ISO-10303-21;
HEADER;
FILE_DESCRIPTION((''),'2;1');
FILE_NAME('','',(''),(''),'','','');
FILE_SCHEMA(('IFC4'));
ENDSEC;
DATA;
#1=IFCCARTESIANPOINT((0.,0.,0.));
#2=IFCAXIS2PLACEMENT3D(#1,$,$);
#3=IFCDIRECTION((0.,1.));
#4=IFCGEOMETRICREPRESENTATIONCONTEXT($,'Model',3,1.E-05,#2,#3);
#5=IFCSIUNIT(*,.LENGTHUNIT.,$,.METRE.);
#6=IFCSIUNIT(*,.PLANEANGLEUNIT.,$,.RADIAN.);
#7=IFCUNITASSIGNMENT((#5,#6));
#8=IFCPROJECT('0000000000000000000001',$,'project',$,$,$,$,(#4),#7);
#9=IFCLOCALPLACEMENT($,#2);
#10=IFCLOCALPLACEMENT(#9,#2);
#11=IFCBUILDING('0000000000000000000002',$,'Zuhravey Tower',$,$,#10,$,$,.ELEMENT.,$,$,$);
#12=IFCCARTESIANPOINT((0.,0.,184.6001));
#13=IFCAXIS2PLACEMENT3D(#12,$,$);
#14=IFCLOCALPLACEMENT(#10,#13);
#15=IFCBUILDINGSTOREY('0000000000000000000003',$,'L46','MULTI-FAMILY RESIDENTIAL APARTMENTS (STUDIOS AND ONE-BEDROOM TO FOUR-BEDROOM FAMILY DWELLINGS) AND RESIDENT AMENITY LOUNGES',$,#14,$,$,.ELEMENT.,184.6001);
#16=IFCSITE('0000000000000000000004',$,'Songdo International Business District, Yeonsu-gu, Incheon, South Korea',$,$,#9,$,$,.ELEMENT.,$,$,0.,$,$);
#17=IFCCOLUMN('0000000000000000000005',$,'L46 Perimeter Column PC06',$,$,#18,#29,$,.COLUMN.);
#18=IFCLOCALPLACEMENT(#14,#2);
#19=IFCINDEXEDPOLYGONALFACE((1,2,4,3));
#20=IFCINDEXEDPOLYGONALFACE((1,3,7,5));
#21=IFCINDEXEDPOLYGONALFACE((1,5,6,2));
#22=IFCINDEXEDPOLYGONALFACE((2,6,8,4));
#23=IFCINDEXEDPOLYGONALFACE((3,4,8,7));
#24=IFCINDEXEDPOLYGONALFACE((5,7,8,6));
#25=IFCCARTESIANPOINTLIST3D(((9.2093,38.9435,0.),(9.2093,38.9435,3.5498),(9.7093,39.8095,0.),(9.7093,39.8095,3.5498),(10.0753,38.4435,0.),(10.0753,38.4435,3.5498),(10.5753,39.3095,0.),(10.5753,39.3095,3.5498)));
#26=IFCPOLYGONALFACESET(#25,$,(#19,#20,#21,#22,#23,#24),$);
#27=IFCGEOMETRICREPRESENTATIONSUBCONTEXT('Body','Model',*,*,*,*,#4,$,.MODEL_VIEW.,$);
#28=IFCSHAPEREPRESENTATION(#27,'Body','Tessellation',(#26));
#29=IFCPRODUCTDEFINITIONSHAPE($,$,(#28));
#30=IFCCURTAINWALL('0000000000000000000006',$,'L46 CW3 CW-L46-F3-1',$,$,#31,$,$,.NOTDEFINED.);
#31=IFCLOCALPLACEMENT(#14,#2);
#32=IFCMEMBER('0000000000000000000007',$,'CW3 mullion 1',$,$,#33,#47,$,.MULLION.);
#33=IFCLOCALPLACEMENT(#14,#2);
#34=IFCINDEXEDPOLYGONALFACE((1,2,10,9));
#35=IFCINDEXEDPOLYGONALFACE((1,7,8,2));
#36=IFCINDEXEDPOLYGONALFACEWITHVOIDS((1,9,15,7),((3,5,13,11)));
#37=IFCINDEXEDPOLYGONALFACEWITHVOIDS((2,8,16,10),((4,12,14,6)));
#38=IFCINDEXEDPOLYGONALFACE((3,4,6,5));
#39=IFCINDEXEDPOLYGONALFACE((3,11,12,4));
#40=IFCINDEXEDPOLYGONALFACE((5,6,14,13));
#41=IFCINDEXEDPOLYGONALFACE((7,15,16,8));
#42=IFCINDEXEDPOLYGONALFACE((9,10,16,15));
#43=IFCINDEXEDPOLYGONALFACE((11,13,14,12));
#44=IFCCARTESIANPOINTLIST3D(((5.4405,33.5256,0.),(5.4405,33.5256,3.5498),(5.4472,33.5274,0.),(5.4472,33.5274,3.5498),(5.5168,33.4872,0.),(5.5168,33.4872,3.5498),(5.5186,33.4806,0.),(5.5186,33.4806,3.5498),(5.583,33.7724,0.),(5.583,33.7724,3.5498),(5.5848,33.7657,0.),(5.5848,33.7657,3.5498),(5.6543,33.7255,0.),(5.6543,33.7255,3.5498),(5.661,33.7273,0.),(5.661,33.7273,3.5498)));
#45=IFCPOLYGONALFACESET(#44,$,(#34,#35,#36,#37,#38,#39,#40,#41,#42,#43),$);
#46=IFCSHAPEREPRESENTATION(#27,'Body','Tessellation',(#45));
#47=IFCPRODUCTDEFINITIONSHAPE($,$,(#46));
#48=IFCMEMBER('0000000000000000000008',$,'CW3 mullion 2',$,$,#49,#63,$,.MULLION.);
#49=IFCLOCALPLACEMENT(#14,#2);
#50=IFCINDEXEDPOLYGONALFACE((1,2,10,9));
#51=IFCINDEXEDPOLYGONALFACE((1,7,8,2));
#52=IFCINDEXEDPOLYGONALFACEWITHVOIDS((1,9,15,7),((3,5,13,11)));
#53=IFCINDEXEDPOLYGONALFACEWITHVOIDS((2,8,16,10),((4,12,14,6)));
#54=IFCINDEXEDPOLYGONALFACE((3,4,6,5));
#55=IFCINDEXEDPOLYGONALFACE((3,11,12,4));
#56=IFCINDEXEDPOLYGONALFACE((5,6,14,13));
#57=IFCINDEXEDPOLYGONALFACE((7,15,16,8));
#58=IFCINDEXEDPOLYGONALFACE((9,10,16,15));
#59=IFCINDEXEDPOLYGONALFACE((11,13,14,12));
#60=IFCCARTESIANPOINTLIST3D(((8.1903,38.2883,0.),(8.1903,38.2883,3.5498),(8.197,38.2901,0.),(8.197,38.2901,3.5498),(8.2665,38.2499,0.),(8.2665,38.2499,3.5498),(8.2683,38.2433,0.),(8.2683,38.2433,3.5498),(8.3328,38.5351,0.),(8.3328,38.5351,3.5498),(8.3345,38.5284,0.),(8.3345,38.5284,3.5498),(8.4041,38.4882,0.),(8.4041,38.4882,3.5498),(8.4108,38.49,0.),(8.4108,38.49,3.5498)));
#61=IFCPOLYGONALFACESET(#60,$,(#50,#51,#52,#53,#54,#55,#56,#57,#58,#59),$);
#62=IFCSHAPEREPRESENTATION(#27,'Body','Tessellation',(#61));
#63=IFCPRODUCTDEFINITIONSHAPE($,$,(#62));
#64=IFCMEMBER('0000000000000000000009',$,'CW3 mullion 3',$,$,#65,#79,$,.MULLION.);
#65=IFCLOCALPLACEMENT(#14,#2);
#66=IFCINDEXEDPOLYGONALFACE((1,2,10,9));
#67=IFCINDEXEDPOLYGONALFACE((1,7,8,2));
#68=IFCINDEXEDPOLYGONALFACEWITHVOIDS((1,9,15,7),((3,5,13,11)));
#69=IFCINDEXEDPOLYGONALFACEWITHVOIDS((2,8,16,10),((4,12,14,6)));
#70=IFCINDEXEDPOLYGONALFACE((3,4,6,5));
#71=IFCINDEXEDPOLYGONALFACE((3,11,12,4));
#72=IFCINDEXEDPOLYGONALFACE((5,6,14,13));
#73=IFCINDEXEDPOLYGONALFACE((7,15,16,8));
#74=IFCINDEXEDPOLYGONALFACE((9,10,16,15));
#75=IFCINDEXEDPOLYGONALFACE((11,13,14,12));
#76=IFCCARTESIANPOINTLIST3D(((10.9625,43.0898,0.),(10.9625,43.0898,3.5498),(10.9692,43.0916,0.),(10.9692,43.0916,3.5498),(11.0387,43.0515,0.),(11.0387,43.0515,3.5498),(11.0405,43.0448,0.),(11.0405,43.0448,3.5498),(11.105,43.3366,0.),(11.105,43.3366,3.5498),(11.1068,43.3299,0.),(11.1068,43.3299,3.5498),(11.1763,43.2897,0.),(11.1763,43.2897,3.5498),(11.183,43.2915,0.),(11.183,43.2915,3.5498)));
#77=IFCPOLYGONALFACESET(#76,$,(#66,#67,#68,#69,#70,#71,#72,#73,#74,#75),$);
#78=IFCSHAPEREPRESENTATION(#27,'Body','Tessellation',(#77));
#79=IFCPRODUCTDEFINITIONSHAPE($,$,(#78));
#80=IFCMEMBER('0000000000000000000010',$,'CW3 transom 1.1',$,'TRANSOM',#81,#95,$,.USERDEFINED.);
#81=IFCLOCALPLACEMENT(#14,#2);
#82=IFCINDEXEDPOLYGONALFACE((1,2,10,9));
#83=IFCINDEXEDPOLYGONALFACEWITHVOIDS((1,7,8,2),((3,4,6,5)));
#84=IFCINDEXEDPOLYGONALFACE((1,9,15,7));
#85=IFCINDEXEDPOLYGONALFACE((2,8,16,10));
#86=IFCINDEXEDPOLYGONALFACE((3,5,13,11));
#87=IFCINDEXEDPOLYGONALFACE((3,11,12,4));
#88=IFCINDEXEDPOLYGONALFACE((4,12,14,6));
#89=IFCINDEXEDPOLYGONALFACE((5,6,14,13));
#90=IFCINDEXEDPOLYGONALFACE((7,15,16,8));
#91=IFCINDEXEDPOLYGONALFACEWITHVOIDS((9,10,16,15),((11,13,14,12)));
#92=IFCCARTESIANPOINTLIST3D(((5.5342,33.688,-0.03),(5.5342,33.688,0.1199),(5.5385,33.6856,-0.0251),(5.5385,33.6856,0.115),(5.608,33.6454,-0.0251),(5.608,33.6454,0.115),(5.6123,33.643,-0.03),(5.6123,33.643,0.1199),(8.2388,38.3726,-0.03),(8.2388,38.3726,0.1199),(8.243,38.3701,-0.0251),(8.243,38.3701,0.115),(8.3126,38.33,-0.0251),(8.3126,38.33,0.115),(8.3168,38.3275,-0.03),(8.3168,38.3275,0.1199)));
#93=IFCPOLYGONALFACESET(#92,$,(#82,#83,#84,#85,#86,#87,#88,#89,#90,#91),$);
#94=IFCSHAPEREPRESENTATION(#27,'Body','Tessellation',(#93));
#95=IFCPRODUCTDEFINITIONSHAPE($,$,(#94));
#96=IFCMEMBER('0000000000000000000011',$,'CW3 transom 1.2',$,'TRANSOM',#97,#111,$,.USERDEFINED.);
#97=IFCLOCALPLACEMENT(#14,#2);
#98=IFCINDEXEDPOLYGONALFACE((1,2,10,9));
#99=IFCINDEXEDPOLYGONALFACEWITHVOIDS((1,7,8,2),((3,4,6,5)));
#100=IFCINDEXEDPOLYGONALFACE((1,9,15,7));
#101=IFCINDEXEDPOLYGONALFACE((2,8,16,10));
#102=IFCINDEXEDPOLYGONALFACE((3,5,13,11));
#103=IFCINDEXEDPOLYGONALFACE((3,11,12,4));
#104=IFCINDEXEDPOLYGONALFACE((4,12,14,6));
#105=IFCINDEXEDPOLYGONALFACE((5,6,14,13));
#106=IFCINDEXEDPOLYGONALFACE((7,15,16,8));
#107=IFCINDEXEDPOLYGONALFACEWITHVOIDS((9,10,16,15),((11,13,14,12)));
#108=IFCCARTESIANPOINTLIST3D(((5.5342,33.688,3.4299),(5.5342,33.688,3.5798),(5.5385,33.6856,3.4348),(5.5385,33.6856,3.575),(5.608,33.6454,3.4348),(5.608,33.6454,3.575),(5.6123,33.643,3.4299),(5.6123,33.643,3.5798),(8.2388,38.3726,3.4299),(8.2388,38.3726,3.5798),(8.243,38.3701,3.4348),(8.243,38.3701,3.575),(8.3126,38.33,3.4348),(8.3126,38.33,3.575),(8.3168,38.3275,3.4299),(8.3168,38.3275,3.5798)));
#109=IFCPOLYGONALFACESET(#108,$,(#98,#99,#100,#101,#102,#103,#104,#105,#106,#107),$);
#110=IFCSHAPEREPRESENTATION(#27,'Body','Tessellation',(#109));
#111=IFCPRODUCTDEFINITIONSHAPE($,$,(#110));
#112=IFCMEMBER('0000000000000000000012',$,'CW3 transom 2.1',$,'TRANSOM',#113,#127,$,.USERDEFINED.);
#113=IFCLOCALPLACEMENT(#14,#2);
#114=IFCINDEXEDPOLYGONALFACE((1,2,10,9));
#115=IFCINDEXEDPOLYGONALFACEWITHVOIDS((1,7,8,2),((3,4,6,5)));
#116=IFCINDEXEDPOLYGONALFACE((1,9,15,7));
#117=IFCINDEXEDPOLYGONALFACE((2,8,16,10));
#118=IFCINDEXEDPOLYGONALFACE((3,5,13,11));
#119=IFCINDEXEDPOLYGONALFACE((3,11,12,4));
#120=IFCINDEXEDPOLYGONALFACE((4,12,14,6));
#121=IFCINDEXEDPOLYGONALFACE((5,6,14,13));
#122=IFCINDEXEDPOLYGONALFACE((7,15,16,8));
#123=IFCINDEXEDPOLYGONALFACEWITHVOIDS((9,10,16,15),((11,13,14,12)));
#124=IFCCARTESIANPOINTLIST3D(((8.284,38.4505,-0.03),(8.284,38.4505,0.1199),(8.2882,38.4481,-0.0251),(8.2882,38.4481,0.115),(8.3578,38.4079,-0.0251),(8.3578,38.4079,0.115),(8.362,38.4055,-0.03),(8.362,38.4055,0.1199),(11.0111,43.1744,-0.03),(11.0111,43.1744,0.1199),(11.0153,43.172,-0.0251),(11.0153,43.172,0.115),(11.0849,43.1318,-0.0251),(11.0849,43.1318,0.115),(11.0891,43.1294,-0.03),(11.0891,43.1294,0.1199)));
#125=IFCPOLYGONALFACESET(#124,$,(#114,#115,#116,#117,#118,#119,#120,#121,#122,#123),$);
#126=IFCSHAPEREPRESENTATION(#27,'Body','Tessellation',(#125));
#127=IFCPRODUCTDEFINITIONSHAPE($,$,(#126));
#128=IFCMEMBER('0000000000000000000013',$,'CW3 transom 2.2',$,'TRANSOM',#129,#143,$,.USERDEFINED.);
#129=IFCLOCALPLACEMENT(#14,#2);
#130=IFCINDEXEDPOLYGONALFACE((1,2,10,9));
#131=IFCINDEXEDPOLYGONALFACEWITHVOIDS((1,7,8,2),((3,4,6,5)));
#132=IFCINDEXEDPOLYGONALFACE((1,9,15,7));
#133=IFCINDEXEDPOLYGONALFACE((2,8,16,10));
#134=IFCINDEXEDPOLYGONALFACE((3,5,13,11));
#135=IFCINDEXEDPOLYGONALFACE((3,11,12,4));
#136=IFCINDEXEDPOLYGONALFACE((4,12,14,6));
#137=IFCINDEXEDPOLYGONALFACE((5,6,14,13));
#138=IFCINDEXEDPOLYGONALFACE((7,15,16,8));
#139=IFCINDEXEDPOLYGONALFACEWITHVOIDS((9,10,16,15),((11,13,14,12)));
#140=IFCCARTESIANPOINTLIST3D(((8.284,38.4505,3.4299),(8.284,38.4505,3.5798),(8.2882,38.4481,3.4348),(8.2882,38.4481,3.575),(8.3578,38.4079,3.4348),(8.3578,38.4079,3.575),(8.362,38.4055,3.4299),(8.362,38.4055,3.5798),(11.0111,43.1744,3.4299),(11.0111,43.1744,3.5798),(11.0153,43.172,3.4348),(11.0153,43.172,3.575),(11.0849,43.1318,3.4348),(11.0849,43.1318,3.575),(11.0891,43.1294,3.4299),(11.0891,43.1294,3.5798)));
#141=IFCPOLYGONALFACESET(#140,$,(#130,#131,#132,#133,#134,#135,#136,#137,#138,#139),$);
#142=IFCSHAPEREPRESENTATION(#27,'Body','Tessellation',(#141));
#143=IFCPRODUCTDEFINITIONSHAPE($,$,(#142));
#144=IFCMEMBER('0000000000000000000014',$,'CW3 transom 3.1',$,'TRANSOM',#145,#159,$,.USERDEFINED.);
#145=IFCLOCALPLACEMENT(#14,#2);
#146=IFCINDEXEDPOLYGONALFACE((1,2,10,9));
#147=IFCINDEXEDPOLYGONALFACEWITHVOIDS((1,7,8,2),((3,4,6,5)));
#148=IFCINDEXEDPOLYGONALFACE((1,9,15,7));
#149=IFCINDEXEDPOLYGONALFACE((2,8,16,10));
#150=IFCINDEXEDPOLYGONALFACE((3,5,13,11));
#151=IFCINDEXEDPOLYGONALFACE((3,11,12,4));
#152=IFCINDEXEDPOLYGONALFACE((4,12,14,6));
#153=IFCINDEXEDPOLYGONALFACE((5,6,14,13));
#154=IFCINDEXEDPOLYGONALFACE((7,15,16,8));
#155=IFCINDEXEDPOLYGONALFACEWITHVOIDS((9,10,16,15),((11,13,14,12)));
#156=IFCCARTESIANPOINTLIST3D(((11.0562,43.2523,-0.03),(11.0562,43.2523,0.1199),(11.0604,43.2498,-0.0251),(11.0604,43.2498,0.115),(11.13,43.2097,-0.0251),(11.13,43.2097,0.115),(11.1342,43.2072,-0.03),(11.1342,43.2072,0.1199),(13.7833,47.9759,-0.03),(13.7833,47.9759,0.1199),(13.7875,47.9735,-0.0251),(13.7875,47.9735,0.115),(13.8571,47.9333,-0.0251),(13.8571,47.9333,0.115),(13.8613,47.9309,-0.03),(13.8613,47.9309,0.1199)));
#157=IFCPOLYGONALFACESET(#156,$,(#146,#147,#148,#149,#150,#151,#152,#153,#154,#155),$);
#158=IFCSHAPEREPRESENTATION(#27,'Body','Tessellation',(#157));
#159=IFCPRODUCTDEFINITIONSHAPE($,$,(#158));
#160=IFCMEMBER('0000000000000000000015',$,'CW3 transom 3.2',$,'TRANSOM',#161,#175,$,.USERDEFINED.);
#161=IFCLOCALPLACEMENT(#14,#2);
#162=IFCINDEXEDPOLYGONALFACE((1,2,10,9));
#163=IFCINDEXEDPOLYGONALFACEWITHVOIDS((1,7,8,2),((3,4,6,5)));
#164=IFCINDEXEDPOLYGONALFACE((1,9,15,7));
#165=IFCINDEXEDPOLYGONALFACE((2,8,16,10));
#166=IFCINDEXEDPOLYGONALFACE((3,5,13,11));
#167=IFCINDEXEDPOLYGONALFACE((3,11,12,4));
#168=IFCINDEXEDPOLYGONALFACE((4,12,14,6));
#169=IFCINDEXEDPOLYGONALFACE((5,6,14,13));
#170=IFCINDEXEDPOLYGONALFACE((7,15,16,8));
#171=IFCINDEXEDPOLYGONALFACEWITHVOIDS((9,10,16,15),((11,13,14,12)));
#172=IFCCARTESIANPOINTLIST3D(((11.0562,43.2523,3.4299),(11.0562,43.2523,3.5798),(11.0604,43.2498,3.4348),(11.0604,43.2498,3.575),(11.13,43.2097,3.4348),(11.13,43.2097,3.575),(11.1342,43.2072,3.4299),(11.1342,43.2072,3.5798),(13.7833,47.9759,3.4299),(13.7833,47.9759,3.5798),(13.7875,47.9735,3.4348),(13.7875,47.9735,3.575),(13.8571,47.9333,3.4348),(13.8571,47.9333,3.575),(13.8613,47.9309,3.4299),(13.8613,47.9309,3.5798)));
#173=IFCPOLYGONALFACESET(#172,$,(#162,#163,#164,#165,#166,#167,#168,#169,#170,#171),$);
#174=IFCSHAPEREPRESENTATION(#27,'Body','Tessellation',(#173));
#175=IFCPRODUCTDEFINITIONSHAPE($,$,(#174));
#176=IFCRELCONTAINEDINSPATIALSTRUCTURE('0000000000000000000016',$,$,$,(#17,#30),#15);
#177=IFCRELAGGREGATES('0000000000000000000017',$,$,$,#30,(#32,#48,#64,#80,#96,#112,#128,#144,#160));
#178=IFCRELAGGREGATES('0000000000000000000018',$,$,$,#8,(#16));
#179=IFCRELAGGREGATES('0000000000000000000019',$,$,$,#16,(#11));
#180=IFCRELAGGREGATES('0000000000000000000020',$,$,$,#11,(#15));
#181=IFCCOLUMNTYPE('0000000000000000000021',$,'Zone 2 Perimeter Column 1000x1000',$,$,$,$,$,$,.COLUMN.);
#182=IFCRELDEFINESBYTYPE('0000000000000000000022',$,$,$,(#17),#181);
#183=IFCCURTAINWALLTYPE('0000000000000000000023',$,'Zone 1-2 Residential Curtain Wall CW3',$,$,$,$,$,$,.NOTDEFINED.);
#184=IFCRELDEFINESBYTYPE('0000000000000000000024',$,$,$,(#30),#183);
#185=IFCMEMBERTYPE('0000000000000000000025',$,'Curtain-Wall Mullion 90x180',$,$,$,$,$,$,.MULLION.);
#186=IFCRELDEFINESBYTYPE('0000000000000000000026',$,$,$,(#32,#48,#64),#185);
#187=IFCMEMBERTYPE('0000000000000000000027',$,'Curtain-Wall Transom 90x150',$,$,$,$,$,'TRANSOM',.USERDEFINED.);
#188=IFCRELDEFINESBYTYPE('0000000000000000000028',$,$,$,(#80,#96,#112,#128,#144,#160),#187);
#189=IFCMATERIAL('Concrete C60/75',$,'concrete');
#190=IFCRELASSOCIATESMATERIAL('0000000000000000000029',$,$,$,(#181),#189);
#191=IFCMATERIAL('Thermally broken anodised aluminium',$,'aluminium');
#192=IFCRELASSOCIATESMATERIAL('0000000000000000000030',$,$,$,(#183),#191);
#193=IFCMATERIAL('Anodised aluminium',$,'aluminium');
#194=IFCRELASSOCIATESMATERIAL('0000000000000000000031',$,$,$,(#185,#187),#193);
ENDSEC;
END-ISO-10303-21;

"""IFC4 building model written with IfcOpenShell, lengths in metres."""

from ifc_helpers import new_model, si_unit, direction, frame, origin, origin_2d, place, context, subcontext, project, spatial, rectangle, hollow_rectangle, extrude, material, material_profile, profile_set, type_object, element, aggregate, save


model = new_model("IFC4")

# Units and contexts
model_context = context("Model", 3, precision=1e-05, world=origin(), true_north=direction((0.0, 1.0)))
body_context = subcontext(model_context, "Body", "Model", "MODEL_VIEW")
ifc_project = project(units=[si_unit("LENGTHUNIT", "METRE"), si_unit("PLANEANGLEUNIT", "RADIAN")], contexts=[model_context])

# Site, building, storey
site_placement = place(None, origin())
site = spatial("IfcSite", under=ifc_project, at=site_placement, Name="Songdo International Business District, Yeonsu-gu, Incheon, South Korea", CompositionType="ELEMENT", RefElevation=0.0)
building_placement = place(site_placement, origin())
building = spatial("IfcBuilding", under=site, at=building_placement, Name="Zuhravey Tower", CompositionType="ELEMENT")
storey_placement = place(building_placement, frame((0.0, 0.0, 184.6001)))
storey = spatial("IfcBuildingStorey", under=building, at=storey_placement, Name="L46", Description="MULTI-FAMILY RESIDENTIAL APARTMENTS (STUDIOS AND ONE-BEDROOM TO FOUR-BEDROOM FAMILY DWELLINGS) AND RESIDENT AMENITY LOUNGES", CompositionType="ELEMENT", Elevation=184.6001)

# Column
ifc_material_1 = material(Name="Concrete C60/75", Category="concrete")
ifc_material_profile_1 = material_profile(ifc_material_1, rectangle(XDim=1.0, YDim=1.0, at=origin_2d()), Name="RC-1000x1000")
ifc_profile_set_1 = profile_set([ifc_material_profile_1], Name="Concrete C60/75")
column_type = type_object("IfcColumnType", Name="Zone 2 Perimeter Column 1000x1000", PredefinedType="COLUMN", material=ifc_profile_set_1)
column_placement = place(storey_placement, frame((9.8923, 39.1265, 0.0), z_axis=(0.0, 0.0, 1.0), x_axis=(-0.5, -0.866025, 0.0)))
element("IfcColumn", 1, at=column_placement, inside=storey, type_object=column_type, Name="L46 Perimeter Column PC06", PredefinedType="COLUMN", context=body_context, shape_type="SweptSolid", body=[
    extrude(rectangle(XDim=1.0, YDim=1.0, at=origin_2d()), origin(), (0.0, 0.0, 1.0), 3.5498),
])

# Curtain wall, members
ifc_material_2 = material(Name="Thermally broken anodised aluminium", Category="aluminium")
curtain_wall_type = type_object("IfcCurtainWallType", Name="Zone 1-2 Residential Curtain Wall CW3", PredefinedType="NOTDEFINED", material=ifc_material_2)
curtain_wall_placement = place(storey_placement, origin())
curtain_wall = element("IfcCurtainWall", 2, at=curtain_wall_placement, inside=storey, type_object=curtain_wall_type, Name="L46 CW3 CW-L46-F3-1", PredefinedType="NOTDEFINED")
ifc_material_3 = material(Name="Anodised aluminium", Category="aluminium")
ifc_material_profile_2 = material_profile(ifc_material_3, hollow_rectangle(XDim=0.0901, YDim=0.2849, WallThickness=0.0049, at=origin_2d()), Name="ALU-RHS-90x285x5")
ifc_profile_set_2 = profile_set([ifc_material_profile_2], Name="Anodised aluminium")
member_type_1 = type_object("IfcMemberType", Name="Curtain-Wall Mullion 90x180", PredefinedType="MULLION", material=ifc_profile_set_2)
member_1_placement = place(storey_placement, frame((5.5508, 33.6265, 0.0), z_axis=(0.0, 0.0, 1.0), x_axis=(-0.866025, 0.5, 0.0)))
member_1 = element("IfcMember", 3, at=member_1_placement, type_object=member_type_1, Name="CW3 mullion 1", PredefinedType="MULLION", context=body_context, shape_type="SweptSolid", body=[
    extrude(hollow_rectangle(XDim=0.0901, YDim=0.2849, WallThickness=0.0049, at=origin_2d()), origin(), (0.0, 0.0, 1.0), 3.5498),
])
member_2_placement = place(storey_placement, frame((8.3005, 38.3892, 0.0), z_axis=(0.0, 0.0, 1.0), x_axis=(-0.866025, 0.5, 0.0)))
member_2 = element("IfcMember", 4, at=member_2_placement, type_object=member_type_1, Name="CW3 mullion 2", PredefinedType="MULLION", context=body_context, shape_type="SweptSolid", body=[
    extrude(hollow_rectangle(XDim=0.0901, YDim=0.2849, WallThickness=0.0049, at=origin_2d()), origin(), (0.0, 0.0, 1.0), 3.5498),
])
member_3_placement = place(storey_placement, frame((11.0728, 43.1907, 0.0), z_axis=(0.0, 0.0, 1.0), x_axis=(-0.866025, 0.5, 0.0)))
member_3 = element("IfcMember", 5, at=member_3_placement, type_object=member_type_1, Name="CW3 mullion 3", PredefinedType="MULLION", context=body_context, shape_type="SweptSolid", body=[
    extrude(hollow_rectangle(XDim=0.0901, YDim=0.2849, WallThickness=0.0049, at=origin_2d()), origin(), (0.0, 0.0, 1.0), 3.5498),
])
ifc_material_profile_3 = material_profile(ifc_material_3, hollow_rectangle(XDim=0.0901, YDim=0.1499, WallThickness=0.0049, at=origin_2d()), Name="ALU-RHS-90x150x5")
ifc_profile_set_3 = profile_set([ifc_material_profile_3], Name="Anodised aluminium")
member_type_2 = type_object("IfcMemberType", Name="Curtain-Wall Transom 90x150", ElementType="TRANSOM", PredefinedType="USERDEFINED", material=ifc_profile_set_3)
member_4_placement = place(storey_placement, frame((5.5732, 33.6655, 0.0449), z_axis=(0.499993, 0.866029, 0.0), x_axis=(-0.866029, 0.499993, 0.0)))
member_4 = element("IfcMember", 6, at=member_4_placement, type_object=member_type_2, Name="CW3 transom 1.1", ObjectType="TRANSOM", PredefinedType="USERDEFINED", context=body_context, shape_type="SweptSolid", body=[
    extrude(hollow_rectangle(XDim=0.0901, YDim=0.1499, WallThickness=0.0049, at=origin_2d()), origin(), (0.0, 0.0, 1.0), 5.4092),
])
member_5_placement = place(storey_placement, frame((5.5732, 33.6655, 3.5049), z_axis=(0.499993, 0.866029, 0.0), x_axis=(-0.866029, 0.499993, 0.0)))
member_5 = element("IfcMember", 7, at=member_5_placement, type_object=member_type_2, Name="CW3 transom 1.2", ObjectType="TRANSOM", PredefinedType="USERDEFINED", context=body_context, shape_type="SweptSolid", body=[
    extrude(hollow_rectangle(XDim=0.0901, YDim=0.1499, WallThickness=0.0049, at=origin_2d()), origin(), (0.0, 0.0, 1.0), 5.4092),
])
member_6_placement = place(storey_placement, frame((8.323, 38.428, 0.0449), z_axis=(0.499961, 0.866048, 0.0), x_axis=(-0.866048, 0.499961, 0.0)))
member_6 = element("IfcMember", 8, at=member_6_placement, type_object=member_type_2, Name="CW3 transom 2.1", ObjectType="TRANSOM", PredefinedType="USERDEFINED", context=body_context, shape_type="SweptSolid", body=[
    extrude(hollow_rectangle(XDim=0.0901, YDim=0.1499, WallThickness=0.0049, at=origin_2d()), origin(), (0.0, 0.0, 1.0), 5.4546),
])
member_7_placement = place(storey_placement, frame((8.323, 38.428, 3.5049), z_axis=(0.499961, 0.866048, 0.0), x_axis=(-0.866048, 0.499961, 0.0)))
member_7 = element("IfcMember", 9, at=member_7_placement, type_object=member_type_2, Name="CW3 transom 2.2", ObjectType="TRANSOM", PredefinedType="USERDEFINED", context=body_context, shape_type="SweptSolid", body=[
    extrude(hollow_rectangle(XDim=0.0901, YDim=0.1499, WallThickness=0.0049, at=origin_2d()), origin(), (0.0, 0.0, 1.0), 5.4546),
])
member_8_placement = place(storey_placement, frame((11.0952, 43.2297, 0.0449), z_axis=(0.499981, 0.866037, 0.0), x_axis=(-0.866037, 0.499981, 0.0)))
member_8 = element("IfcMember", 10, at=member_8_placement, type_object=member_type_2, Name="CW3 transom 3.1", ObjectType="TRANSOM", PredefinedType="USERDEFINED", context=body_context, shape_type="SweptSolid", body=[
    extrude(hollow_rectangle(XDim=0.0901, YDim=0.1499, WallThickness=0.0049, at=origin_2d()), origin(), (0.0, 0.0, 1.0), 5.4543),
])
member_9_placement = place(storey_placement, frame((11.0952, 43.2297, 3.5049), z_axis=(0.499981, 0.866037, 0.0), x_axis=(-0.866037, 0.499981, 0.0)))
member_9 = element("IfcMember", 11, at=member_9_placement, type_object=member_type_2, Name="CW3 transom 3.2", ObjectType="TRANSOM", PredefinedType="USERDEFINED", context=body_context, shape_type="SweptSolid", body=[
    extrude(hollow_rectangle(XDim=0.0901, YDim=0.1499, WallThickness=0.0049, at=origin_2d()), origin(), (0.0, 0.0, 1.0), 5.4543),
])

aggregate(curtain_wall, [member_1, member_2, member_3, member_4, member_5, member_6, member_7, member_8, member_9])

save(model, "model.ifc")
